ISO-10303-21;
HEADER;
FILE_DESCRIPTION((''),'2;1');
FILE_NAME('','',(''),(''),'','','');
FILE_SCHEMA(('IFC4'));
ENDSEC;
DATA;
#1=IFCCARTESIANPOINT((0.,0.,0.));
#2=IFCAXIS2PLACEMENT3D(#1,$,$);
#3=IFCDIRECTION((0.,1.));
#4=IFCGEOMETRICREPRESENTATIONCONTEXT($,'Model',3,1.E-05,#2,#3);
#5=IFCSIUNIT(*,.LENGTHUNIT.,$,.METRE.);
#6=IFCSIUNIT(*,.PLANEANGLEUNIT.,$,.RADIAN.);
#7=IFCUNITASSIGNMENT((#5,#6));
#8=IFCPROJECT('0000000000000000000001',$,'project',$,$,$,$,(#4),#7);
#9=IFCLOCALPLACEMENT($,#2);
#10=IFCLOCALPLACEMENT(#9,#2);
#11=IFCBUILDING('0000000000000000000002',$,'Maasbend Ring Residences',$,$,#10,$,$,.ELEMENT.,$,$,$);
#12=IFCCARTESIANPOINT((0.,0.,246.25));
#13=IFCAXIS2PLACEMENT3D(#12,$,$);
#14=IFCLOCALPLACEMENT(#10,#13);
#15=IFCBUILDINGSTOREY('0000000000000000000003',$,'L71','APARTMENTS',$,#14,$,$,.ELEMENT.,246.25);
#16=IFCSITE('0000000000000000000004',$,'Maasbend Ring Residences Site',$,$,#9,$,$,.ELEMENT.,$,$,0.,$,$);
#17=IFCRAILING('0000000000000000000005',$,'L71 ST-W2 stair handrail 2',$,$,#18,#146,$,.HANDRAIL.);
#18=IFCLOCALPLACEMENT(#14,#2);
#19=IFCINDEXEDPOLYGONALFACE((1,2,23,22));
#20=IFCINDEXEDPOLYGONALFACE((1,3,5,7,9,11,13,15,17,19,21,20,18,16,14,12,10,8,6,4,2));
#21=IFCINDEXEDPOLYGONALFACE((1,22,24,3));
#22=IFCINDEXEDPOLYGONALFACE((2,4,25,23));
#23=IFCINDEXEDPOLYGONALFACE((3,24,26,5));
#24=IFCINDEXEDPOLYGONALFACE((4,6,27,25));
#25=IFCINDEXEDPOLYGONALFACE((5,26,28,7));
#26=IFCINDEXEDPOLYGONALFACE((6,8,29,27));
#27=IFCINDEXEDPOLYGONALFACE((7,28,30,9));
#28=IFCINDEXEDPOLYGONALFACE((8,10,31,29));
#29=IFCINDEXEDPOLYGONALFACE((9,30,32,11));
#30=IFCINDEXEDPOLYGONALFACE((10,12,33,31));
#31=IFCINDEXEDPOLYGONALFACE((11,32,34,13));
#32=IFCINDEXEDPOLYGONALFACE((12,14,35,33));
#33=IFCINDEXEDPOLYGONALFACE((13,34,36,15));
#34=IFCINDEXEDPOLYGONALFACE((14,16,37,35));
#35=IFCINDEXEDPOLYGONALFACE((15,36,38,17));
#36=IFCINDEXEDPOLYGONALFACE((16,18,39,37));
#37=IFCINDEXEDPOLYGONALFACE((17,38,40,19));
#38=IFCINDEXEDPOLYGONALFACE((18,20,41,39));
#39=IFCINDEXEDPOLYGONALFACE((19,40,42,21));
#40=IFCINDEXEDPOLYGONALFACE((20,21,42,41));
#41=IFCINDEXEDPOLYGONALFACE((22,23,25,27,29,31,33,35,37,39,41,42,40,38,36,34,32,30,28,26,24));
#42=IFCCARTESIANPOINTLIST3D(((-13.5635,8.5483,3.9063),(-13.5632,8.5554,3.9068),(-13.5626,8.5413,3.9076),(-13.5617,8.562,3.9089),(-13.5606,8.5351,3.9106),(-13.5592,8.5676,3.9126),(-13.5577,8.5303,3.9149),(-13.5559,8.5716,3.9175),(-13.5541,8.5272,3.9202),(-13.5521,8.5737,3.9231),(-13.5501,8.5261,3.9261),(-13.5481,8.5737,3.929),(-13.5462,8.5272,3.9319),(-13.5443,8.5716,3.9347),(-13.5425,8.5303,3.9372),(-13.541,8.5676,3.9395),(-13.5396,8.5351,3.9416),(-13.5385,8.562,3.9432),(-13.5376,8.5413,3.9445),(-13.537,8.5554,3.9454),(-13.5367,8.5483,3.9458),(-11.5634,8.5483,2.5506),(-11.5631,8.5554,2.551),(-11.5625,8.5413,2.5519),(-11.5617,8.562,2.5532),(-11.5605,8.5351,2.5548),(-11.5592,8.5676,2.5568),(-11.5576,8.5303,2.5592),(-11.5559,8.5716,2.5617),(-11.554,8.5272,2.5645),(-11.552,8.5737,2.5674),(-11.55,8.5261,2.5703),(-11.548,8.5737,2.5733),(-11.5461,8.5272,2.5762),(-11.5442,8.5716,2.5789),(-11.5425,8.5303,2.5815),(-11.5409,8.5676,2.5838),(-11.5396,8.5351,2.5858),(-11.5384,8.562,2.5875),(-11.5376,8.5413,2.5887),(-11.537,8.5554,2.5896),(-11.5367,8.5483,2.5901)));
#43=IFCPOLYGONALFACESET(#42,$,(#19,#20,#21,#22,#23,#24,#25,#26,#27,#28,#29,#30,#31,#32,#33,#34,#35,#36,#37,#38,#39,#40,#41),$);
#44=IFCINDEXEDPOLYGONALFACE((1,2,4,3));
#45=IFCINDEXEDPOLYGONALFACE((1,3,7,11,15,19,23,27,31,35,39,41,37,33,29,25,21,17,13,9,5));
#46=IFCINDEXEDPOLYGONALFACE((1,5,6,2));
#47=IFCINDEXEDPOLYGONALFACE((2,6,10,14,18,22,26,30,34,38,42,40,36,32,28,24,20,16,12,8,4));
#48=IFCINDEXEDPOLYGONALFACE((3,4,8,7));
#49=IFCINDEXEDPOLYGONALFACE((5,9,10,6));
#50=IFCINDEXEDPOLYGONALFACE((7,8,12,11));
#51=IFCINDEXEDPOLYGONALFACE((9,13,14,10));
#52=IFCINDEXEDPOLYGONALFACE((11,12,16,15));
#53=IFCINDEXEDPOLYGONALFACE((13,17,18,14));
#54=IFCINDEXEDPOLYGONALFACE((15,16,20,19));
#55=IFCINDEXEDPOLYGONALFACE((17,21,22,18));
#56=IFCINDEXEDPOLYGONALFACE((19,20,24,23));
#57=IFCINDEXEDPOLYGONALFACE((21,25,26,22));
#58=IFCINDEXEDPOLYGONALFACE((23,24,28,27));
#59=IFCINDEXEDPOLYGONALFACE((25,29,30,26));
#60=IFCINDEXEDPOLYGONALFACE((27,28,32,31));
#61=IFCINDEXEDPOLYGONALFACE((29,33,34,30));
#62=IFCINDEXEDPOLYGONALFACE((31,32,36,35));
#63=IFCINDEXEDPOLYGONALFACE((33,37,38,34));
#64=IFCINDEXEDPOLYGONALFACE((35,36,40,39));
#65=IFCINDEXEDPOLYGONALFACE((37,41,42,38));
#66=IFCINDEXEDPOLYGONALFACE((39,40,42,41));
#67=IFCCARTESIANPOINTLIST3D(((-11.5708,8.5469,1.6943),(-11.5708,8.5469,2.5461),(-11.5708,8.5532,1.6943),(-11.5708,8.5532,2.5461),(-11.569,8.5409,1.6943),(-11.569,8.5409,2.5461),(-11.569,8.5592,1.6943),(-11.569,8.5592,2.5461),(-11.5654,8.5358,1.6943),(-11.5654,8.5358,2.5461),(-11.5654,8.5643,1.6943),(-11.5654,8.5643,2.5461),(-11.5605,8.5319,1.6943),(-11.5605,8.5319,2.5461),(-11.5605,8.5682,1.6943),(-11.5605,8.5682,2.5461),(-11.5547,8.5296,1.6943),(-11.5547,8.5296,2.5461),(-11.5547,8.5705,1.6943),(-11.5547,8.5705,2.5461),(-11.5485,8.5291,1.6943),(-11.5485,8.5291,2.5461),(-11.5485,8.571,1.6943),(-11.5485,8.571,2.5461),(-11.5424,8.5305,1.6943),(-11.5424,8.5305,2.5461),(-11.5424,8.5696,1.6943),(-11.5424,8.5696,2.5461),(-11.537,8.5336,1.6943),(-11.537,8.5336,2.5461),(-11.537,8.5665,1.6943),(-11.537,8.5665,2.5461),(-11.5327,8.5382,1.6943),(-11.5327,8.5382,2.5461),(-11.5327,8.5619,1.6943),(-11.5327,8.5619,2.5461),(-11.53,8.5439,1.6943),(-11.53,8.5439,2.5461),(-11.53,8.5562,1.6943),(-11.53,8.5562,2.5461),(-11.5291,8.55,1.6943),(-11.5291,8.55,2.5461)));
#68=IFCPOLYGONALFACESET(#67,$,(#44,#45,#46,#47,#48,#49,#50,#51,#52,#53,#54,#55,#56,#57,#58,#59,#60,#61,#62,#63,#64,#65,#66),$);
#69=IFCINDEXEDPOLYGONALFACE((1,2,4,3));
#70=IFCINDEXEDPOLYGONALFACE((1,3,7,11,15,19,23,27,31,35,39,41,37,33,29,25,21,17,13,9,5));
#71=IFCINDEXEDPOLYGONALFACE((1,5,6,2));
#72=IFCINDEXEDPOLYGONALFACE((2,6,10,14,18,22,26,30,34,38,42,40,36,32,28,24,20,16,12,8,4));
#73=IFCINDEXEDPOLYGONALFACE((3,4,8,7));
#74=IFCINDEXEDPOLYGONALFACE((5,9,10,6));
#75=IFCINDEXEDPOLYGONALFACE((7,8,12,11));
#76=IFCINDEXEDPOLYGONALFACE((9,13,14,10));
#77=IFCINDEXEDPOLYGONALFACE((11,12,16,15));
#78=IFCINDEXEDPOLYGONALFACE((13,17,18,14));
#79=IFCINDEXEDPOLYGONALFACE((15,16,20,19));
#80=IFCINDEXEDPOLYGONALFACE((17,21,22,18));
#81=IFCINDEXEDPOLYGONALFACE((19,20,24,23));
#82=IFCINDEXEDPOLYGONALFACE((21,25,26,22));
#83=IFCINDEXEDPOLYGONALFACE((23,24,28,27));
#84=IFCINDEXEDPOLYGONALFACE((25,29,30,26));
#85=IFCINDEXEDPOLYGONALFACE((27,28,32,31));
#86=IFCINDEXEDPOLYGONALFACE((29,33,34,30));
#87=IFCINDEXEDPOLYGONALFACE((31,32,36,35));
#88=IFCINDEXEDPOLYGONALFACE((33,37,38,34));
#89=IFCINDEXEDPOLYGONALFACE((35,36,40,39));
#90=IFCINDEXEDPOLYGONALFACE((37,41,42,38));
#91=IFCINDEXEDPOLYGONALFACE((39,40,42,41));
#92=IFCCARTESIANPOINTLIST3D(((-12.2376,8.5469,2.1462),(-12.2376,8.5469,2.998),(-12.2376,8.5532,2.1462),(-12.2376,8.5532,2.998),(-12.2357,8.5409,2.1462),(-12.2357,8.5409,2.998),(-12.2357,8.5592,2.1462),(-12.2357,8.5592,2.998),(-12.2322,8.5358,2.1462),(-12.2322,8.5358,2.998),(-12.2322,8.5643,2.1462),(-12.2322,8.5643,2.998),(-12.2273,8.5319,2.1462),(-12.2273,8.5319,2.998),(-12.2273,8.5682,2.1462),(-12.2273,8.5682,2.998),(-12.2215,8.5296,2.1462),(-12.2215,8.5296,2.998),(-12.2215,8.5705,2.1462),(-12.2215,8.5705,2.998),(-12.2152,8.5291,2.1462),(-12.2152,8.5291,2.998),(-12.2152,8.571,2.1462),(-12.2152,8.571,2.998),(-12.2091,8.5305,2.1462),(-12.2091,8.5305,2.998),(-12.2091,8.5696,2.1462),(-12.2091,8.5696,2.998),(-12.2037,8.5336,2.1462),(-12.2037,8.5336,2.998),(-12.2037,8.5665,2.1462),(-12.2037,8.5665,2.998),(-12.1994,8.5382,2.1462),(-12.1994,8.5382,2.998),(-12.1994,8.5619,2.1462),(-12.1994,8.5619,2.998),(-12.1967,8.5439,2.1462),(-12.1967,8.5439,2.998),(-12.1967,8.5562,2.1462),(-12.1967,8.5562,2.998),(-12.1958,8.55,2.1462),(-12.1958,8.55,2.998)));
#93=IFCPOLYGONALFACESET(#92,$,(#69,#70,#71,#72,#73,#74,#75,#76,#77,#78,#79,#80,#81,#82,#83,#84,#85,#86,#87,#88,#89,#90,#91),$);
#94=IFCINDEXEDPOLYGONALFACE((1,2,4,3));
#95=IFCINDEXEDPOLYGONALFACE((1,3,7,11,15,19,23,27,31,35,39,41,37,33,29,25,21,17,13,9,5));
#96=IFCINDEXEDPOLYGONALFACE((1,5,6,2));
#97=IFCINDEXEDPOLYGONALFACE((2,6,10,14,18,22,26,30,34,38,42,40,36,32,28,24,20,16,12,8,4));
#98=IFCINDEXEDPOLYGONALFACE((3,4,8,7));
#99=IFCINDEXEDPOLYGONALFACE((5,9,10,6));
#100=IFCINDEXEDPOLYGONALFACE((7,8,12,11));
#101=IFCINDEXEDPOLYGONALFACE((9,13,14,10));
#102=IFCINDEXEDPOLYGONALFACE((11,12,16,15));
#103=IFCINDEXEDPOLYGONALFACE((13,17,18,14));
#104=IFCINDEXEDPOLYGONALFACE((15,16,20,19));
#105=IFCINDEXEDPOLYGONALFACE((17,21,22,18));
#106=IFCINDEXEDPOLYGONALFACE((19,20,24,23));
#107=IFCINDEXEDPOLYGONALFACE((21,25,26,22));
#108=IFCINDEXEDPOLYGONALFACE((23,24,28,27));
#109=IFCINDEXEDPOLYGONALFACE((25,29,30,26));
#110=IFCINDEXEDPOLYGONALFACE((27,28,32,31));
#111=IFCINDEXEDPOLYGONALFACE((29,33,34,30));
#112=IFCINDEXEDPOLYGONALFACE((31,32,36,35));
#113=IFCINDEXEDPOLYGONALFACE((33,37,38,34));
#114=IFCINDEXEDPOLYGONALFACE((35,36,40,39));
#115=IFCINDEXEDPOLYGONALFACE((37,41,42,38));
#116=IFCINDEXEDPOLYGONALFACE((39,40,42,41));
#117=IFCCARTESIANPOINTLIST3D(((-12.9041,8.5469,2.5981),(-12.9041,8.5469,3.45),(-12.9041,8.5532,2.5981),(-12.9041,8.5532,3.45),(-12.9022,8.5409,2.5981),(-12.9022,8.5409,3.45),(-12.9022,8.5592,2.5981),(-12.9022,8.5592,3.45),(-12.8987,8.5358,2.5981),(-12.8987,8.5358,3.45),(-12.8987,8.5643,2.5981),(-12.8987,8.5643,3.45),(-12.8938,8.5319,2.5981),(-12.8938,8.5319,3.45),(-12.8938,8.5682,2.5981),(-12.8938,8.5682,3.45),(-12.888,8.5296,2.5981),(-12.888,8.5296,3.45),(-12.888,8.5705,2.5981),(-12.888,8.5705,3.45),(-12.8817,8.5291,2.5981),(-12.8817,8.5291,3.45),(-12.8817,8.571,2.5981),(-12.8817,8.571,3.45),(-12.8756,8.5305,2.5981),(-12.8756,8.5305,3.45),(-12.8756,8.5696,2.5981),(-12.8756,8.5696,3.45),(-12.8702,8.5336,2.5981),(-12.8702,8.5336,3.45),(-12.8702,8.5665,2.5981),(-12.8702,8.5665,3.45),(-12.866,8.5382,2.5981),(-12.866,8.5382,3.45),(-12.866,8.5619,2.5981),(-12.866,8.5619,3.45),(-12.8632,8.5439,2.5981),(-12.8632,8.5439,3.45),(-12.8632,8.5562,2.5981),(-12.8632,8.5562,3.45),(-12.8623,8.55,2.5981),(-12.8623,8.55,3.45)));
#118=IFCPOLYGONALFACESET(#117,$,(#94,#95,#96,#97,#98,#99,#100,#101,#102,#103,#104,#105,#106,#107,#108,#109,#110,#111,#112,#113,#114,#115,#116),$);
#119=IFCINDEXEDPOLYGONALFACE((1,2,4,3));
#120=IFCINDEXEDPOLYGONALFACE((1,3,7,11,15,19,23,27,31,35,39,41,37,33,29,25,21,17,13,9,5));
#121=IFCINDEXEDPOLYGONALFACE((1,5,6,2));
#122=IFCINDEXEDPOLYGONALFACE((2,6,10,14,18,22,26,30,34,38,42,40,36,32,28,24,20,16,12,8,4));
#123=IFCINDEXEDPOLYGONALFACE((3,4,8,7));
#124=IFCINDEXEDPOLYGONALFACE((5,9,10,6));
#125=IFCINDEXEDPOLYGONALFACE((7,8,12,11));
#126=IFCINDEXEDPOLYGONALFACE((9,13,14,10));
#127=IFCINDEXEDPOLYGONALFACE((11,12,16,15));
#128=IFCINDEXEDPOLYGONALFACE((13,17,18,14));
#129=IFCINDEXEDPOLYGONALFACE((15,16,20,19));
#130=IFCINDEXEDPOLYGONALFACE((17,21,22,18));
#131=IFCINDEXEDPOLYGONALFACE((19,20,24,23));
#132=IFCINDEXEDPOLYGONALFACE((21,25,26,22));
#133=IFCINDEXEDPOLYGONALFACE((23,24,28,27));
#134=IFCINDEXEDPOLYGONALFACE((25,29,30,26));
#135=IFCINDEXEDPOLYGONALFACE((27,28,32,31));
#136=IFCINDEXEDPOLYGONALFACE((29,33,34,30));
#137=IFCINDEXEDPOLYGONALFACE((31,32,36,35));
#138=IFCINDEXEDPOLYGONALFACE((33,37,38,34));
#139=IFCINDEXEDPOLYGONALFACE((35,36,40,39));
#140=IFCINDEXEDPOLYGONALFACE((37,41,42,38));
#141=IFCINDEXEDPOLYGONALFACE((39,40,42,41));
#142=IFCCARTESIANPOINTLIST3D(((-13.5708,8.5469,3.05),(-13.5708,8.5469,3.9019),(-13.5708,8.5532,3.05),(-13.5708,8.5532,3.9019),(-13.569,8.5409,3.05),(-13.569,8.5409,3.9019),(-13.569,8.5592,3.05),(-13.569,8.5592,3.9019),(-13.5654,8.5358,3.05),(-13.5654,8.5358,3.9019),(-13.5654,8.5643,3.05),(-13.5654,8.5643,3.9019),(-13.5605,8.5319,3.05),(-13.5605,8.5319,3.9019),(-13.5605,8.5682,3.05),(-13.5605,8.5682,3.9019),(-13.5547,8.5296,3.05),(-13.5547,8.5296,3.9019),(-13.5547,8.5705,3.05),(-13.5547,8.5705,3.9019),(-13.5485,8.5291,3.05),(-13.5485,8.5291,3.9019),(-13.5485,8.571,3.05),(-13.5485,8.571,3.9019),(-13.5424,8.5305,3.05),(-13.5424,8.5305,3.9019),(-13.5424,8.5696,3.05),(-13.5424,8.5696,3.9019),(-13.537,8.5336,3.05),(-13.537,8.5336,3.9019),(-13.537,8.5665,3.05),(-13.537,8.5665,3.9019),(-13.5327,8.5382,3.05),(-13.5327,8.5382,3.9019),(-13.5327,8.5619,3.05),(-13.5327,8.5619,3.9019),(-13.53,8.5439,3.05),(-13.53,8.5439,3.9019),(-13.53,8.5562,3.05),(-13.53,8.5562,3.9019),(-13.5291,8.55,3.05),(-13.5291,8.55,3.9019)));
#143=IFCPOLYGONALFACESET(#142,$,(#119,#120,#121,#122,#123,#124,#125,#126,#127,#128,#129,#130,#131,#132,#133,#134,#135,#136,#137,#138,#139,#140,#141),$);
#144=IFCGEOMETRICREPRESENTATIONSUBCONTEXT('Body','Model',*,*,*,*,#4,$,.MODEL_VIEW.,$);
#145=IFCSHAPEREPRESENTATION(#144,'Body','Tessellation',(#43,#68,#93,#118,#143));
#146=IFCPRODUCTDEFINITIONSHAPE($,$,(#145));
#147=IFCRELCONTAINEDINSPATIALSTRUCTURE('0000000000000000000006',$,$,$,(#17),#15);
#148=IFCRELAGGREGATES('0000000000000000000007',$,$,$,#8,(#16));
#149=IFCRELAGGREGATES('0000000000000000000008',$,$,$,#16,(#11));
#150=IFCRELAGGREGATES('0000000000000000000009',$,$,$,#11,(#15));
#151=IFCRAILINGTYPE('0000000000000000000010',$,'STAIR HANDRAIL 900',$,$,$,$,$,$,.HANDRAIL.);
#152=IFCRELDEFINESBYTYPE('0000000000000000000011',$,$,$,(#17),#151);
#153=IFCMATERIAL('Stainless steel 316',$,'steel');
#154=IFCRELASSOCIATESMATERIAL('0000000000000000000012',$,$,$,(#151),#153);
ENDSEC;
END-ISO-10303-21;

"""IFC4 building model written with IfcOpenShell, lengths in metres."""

from ifc_helpers import new_model, si_unit, direction, frame, origin, origin_2d, place, context, subcontext, project, spatial, circle, extrude, material, type_object, element, save


model = new_model("IFC4")

# Units and contexts
model_context = context("Model", 3, precision=1e-05, world=origin(), true_north=direction((0.0, 1.0)))
body_context = subcontext(model_context, "Body", "Model", "MODEL_VIEW")
ifc_project = project(units=[si_unit("LENGTHUNIT", "METRE"), si_unit("PLANEANGLEUNIT", "RADIAN")], contexts=[model_context])

# Site, building, storey
site_placement = place(None, origin())
site = spatial("IfcSite", under=ifc_project, at=site_placement, Name="Maasbend Ring Residences Site", CompositionType="ELEMENT", RefElevation=0.0)
building_placement = place(site_placement, origin())
building = spatial("IfcBuilding", under=site, at=building_placement, Name="Maasbend Ring Residences", CompositionType="ELEMENT")
storey_placement = place(building_placement, frame((0.0, 0.0, 246.25)))
storey = spatial("IfcBuildingStorey", under=building, at=storey_placement, Name="L71", Description="APARTMENTS", CompositionType="ELEMENT", Elevation=246.25)

# Railing
ifc_material_1 = material(Name="Stainless steel 316", Category="steel")
railing_type_1 = type_object("IfcRailingType", Name="STAIR HANDRAIL 900", PredefinedType="HANDRAIL", material=ifc_material_1)
railing_1_placement = place(storey_placement, frame((-11.55, 8.55, 1.6943)))
element("IfcRailing", 1, at=railing_1_placement, inside=storey, type_object=railing_type_1, Name="L71 ST-W2 stair handrail 2", PredefinedType="HANDRAIL", context=body_context, shape_type="SweptSolid", body=[
    extrude(circle(Radius=0.0239, at=origin_2d()), frame((0.0, 0.0, 0.876), z_axis=(-0.827751, 0.0, 0.561096), x_axis=(0.0, -1.0, 0.0)), (0.0, 0.0, 1.0), 2.4163),
    extrude(circle(Radius=0.021, at=origin_2d()), origin(), (0.0, 0.0, 1.0), 0.8518),
    extrude(circle(Radius=0.021, at=origin_2d()), frame((-0.6667, 0.0, 0.4519)), (0.0, 0.0, 1.0), 0.8518),
    extrude(circle(Radius=0.021, at=origin_2d()), frame((-1.3333, 0.0, 0.9038)), (0.0, 0.0, 1.0), 0.8518),
    extrude(circle(Radius=0.021, at=origin_2d()), frame((-2.0, 0.0, 1.3557)), (0.0, 0.0, 1.0), 0.8518),
])

save(model, "model.ifc")
